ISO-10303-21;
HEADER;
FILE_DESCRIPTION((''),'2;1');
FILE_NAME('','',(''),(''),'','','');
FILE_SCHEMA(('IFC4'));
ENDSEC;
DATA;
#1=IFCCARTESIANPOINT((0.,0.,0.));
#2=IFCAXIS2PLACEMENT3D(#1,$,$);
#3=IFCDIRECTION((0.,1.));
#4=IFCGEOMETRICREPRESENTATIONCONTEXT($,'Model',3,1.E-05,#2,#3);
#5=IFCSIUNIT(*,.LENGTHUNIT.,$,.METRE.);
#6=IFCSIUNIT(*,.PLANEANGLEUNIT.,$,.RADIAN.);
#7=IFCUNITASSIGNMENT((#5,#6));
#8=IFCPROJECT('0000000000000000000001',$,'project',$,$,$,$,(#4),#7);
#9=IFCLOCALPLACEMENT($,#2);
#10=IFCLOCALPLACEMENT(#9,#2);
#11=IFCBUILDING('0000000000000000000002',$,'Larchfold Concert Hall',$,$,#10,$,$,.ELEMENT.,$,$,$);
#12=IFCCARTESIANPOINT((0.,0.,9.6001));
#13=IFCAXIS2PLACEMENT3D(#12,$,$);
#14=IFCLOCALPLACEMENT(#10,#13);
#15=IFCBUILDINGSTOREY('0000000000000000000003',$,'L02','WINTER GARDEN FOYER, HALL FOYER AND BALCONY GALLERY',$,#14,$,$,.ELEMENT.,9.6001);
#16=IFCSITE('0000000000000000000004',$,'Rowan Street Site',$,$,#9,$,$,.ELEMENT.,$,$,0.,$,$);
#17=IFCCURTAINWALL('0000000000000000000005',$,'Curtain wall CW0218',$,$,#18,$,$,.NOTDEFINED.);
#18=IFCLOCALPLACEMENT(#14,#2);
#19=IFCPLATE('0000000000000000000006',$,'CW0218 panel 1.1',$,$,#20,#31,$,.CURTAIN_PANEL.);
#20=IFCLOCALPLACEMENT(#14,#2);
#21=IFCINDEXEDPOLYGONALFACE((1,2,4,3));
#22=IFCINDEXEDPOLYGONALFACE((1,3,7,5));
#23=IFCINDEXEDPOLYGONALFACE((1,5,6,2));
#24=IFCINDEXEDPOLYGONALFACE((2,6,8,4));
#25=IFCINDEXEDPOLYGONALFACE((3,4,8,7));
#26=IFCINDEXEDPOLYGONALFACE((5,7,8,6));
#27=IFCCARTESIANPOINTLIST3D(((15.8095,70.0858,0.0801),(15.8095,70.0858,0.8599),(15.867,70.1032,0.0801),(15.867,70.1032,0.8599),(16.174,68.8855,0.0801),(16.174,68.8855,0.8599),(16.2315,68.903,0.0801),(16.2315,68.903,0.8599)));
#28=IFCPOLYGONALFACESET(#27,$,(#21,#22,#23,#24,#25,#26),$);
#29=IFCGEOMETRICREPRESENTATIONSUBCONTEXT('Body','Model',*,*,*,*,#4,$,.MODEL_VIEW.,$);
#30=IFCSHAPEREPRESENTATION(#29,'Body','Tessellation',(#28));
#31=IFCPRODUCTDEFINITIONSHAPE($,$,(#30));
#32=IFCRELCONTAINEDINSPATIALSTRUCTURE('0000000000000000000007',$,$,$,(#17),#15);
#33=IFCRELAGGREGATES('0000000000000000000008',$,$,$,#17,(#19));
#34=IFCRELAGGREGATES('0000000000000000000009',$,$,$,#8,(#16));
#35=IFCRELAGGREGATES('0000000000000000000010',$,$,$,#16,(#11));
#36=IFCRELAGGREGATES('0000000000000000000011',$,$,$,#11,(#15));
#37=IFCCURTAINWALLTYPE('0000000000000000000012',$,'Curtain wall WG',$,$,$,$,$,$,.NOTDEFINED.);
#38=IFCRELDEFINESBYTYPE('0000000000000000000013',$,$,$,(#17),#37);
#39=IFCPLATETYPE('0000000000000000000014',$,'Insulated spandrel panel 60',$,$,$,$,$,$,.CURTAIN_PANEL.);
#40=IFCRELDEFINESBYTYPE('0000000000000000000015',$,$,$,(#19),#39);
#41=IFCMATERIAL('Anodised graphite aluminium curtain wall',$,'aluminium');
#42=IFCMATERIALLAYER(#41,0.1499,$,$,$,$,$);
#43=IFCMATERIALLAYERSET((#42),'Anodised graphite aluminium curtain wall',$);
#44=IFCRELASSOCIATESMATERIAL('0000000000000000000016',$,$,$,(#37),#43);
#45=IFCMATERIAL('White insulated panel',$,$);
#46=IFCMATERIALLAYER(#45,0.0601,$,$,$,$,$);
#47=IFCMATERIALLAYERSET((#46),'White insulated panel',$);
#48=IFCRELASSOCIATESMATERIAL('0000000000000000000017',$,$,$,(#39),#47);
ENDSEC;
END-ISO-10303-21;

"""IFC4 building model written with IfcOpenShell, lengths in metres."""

from ifc_helpers import new_model, si_unit, direction, frame, origin, origin_2d, place, context, subcontext, project, spatial, rectangle, extrude, material, layer, layer_set, type_object, element, aggregate, save


model = new_model("IFC4")

# Units and contexts
model_context = context("Model", 3, precision=1e-05, world=origin(), true_north=direction((0.0, 1.0)))
body_context = subcontext(model_context, "Body", "Model", "MODEL_VIEW")
ifc_project = project(units=[si_unit("LENGTHUNIT", "METRE"), si_unit("PLANEANGLEUNIT", "RADIAN")], contexts=[model_context])

# Site, building, storey
site_placement = place(None, origin())
site = spatial("IfcSite", under=ifc_project, at=site_placement, Name="Rowan Street Site", CompositionType="ELEMENT", RefElevation=0.0)
building_placement = place(site_placement, origin())
building = spatial("IfcBuilding", under=site, at=building_placement, Name="Larchfold Concert Hall", CompositionType="ELEMENT")
storey_placement = place(building_placement, frame((0.0, 0.0, 9.6001)))
storey = spatial("IfcBuildingStorey", under=building, at=storey_placement, Name="L02", Description="WINTER GARDEN FOYER, HALL FOYER AND BALCONY GALLERY", CompositionType="ELEMENT", Elevation=9.6001)

# Shared definitions
ifc_material_1 = material(Name="Anodised graphite aluminium curtain wall", Category="aluminium")
ifc_layer_1 = layer(ifc_material_1, 0.1499)
ifc_layer_set_1 = layer_set([ifc_layer_1], Name="Anodised graphite aluminium curtain wall")
curtain_wall_type = type_object("IfcCurtainWallType", Name="Curtain wall WG", PredefinedType="NOTDEFINED", material=ifc_layer_set_1)

# Curtain wall
curtain_wall_1_placement = place(storey_placement, origin())
curtain_wall_1 = element("IfcCurtainWall", 1, at=curtain_wall_1_placement, inside=storey, type_object=curtain_wall_type, Name="Curtain wall CW0218", PredefinedType="NOTDEFINED")

# Plate
ifc_material_2 = material(Name="White insulated panel")
ifc_layer_2 = layer(ifc_material_2, 0.0601)
ifc_layer_set_2 = layer_set([ifc_layer_2], Name="White insulated panel")
plate_type_1 = type_object("IfcPlateType", Name="Insulated spandrel panel 60", PredefinedType="CURTAIN_PANEL", material=ifc_layer_set_2)
plate_1_placement = place(storey_placement, frame((16.0205, 69.4944, 0.0801), z_axis=(0.0, 0.0, 1.0), x_axis=(-0.290562, 0.956856, 0.0)))
plate_1 = element("IfcPlate", 2, at=plate_1_placement, type_object=plate_type_1, Name="CW0218 panel 1.1", PredefinedType="CURTAIN_PANEL", context=body_context, shape_type="SweptSolid", body=[
    extrude(rectangle(XDim=1.2544, YDim=0.0601, at=origin_2d()), origin(), (0.0, 0.0, 1.0), 0.7798),
])
aggregate(curtain_wall_1, [plate_1])

save(model, "model.ifc")
